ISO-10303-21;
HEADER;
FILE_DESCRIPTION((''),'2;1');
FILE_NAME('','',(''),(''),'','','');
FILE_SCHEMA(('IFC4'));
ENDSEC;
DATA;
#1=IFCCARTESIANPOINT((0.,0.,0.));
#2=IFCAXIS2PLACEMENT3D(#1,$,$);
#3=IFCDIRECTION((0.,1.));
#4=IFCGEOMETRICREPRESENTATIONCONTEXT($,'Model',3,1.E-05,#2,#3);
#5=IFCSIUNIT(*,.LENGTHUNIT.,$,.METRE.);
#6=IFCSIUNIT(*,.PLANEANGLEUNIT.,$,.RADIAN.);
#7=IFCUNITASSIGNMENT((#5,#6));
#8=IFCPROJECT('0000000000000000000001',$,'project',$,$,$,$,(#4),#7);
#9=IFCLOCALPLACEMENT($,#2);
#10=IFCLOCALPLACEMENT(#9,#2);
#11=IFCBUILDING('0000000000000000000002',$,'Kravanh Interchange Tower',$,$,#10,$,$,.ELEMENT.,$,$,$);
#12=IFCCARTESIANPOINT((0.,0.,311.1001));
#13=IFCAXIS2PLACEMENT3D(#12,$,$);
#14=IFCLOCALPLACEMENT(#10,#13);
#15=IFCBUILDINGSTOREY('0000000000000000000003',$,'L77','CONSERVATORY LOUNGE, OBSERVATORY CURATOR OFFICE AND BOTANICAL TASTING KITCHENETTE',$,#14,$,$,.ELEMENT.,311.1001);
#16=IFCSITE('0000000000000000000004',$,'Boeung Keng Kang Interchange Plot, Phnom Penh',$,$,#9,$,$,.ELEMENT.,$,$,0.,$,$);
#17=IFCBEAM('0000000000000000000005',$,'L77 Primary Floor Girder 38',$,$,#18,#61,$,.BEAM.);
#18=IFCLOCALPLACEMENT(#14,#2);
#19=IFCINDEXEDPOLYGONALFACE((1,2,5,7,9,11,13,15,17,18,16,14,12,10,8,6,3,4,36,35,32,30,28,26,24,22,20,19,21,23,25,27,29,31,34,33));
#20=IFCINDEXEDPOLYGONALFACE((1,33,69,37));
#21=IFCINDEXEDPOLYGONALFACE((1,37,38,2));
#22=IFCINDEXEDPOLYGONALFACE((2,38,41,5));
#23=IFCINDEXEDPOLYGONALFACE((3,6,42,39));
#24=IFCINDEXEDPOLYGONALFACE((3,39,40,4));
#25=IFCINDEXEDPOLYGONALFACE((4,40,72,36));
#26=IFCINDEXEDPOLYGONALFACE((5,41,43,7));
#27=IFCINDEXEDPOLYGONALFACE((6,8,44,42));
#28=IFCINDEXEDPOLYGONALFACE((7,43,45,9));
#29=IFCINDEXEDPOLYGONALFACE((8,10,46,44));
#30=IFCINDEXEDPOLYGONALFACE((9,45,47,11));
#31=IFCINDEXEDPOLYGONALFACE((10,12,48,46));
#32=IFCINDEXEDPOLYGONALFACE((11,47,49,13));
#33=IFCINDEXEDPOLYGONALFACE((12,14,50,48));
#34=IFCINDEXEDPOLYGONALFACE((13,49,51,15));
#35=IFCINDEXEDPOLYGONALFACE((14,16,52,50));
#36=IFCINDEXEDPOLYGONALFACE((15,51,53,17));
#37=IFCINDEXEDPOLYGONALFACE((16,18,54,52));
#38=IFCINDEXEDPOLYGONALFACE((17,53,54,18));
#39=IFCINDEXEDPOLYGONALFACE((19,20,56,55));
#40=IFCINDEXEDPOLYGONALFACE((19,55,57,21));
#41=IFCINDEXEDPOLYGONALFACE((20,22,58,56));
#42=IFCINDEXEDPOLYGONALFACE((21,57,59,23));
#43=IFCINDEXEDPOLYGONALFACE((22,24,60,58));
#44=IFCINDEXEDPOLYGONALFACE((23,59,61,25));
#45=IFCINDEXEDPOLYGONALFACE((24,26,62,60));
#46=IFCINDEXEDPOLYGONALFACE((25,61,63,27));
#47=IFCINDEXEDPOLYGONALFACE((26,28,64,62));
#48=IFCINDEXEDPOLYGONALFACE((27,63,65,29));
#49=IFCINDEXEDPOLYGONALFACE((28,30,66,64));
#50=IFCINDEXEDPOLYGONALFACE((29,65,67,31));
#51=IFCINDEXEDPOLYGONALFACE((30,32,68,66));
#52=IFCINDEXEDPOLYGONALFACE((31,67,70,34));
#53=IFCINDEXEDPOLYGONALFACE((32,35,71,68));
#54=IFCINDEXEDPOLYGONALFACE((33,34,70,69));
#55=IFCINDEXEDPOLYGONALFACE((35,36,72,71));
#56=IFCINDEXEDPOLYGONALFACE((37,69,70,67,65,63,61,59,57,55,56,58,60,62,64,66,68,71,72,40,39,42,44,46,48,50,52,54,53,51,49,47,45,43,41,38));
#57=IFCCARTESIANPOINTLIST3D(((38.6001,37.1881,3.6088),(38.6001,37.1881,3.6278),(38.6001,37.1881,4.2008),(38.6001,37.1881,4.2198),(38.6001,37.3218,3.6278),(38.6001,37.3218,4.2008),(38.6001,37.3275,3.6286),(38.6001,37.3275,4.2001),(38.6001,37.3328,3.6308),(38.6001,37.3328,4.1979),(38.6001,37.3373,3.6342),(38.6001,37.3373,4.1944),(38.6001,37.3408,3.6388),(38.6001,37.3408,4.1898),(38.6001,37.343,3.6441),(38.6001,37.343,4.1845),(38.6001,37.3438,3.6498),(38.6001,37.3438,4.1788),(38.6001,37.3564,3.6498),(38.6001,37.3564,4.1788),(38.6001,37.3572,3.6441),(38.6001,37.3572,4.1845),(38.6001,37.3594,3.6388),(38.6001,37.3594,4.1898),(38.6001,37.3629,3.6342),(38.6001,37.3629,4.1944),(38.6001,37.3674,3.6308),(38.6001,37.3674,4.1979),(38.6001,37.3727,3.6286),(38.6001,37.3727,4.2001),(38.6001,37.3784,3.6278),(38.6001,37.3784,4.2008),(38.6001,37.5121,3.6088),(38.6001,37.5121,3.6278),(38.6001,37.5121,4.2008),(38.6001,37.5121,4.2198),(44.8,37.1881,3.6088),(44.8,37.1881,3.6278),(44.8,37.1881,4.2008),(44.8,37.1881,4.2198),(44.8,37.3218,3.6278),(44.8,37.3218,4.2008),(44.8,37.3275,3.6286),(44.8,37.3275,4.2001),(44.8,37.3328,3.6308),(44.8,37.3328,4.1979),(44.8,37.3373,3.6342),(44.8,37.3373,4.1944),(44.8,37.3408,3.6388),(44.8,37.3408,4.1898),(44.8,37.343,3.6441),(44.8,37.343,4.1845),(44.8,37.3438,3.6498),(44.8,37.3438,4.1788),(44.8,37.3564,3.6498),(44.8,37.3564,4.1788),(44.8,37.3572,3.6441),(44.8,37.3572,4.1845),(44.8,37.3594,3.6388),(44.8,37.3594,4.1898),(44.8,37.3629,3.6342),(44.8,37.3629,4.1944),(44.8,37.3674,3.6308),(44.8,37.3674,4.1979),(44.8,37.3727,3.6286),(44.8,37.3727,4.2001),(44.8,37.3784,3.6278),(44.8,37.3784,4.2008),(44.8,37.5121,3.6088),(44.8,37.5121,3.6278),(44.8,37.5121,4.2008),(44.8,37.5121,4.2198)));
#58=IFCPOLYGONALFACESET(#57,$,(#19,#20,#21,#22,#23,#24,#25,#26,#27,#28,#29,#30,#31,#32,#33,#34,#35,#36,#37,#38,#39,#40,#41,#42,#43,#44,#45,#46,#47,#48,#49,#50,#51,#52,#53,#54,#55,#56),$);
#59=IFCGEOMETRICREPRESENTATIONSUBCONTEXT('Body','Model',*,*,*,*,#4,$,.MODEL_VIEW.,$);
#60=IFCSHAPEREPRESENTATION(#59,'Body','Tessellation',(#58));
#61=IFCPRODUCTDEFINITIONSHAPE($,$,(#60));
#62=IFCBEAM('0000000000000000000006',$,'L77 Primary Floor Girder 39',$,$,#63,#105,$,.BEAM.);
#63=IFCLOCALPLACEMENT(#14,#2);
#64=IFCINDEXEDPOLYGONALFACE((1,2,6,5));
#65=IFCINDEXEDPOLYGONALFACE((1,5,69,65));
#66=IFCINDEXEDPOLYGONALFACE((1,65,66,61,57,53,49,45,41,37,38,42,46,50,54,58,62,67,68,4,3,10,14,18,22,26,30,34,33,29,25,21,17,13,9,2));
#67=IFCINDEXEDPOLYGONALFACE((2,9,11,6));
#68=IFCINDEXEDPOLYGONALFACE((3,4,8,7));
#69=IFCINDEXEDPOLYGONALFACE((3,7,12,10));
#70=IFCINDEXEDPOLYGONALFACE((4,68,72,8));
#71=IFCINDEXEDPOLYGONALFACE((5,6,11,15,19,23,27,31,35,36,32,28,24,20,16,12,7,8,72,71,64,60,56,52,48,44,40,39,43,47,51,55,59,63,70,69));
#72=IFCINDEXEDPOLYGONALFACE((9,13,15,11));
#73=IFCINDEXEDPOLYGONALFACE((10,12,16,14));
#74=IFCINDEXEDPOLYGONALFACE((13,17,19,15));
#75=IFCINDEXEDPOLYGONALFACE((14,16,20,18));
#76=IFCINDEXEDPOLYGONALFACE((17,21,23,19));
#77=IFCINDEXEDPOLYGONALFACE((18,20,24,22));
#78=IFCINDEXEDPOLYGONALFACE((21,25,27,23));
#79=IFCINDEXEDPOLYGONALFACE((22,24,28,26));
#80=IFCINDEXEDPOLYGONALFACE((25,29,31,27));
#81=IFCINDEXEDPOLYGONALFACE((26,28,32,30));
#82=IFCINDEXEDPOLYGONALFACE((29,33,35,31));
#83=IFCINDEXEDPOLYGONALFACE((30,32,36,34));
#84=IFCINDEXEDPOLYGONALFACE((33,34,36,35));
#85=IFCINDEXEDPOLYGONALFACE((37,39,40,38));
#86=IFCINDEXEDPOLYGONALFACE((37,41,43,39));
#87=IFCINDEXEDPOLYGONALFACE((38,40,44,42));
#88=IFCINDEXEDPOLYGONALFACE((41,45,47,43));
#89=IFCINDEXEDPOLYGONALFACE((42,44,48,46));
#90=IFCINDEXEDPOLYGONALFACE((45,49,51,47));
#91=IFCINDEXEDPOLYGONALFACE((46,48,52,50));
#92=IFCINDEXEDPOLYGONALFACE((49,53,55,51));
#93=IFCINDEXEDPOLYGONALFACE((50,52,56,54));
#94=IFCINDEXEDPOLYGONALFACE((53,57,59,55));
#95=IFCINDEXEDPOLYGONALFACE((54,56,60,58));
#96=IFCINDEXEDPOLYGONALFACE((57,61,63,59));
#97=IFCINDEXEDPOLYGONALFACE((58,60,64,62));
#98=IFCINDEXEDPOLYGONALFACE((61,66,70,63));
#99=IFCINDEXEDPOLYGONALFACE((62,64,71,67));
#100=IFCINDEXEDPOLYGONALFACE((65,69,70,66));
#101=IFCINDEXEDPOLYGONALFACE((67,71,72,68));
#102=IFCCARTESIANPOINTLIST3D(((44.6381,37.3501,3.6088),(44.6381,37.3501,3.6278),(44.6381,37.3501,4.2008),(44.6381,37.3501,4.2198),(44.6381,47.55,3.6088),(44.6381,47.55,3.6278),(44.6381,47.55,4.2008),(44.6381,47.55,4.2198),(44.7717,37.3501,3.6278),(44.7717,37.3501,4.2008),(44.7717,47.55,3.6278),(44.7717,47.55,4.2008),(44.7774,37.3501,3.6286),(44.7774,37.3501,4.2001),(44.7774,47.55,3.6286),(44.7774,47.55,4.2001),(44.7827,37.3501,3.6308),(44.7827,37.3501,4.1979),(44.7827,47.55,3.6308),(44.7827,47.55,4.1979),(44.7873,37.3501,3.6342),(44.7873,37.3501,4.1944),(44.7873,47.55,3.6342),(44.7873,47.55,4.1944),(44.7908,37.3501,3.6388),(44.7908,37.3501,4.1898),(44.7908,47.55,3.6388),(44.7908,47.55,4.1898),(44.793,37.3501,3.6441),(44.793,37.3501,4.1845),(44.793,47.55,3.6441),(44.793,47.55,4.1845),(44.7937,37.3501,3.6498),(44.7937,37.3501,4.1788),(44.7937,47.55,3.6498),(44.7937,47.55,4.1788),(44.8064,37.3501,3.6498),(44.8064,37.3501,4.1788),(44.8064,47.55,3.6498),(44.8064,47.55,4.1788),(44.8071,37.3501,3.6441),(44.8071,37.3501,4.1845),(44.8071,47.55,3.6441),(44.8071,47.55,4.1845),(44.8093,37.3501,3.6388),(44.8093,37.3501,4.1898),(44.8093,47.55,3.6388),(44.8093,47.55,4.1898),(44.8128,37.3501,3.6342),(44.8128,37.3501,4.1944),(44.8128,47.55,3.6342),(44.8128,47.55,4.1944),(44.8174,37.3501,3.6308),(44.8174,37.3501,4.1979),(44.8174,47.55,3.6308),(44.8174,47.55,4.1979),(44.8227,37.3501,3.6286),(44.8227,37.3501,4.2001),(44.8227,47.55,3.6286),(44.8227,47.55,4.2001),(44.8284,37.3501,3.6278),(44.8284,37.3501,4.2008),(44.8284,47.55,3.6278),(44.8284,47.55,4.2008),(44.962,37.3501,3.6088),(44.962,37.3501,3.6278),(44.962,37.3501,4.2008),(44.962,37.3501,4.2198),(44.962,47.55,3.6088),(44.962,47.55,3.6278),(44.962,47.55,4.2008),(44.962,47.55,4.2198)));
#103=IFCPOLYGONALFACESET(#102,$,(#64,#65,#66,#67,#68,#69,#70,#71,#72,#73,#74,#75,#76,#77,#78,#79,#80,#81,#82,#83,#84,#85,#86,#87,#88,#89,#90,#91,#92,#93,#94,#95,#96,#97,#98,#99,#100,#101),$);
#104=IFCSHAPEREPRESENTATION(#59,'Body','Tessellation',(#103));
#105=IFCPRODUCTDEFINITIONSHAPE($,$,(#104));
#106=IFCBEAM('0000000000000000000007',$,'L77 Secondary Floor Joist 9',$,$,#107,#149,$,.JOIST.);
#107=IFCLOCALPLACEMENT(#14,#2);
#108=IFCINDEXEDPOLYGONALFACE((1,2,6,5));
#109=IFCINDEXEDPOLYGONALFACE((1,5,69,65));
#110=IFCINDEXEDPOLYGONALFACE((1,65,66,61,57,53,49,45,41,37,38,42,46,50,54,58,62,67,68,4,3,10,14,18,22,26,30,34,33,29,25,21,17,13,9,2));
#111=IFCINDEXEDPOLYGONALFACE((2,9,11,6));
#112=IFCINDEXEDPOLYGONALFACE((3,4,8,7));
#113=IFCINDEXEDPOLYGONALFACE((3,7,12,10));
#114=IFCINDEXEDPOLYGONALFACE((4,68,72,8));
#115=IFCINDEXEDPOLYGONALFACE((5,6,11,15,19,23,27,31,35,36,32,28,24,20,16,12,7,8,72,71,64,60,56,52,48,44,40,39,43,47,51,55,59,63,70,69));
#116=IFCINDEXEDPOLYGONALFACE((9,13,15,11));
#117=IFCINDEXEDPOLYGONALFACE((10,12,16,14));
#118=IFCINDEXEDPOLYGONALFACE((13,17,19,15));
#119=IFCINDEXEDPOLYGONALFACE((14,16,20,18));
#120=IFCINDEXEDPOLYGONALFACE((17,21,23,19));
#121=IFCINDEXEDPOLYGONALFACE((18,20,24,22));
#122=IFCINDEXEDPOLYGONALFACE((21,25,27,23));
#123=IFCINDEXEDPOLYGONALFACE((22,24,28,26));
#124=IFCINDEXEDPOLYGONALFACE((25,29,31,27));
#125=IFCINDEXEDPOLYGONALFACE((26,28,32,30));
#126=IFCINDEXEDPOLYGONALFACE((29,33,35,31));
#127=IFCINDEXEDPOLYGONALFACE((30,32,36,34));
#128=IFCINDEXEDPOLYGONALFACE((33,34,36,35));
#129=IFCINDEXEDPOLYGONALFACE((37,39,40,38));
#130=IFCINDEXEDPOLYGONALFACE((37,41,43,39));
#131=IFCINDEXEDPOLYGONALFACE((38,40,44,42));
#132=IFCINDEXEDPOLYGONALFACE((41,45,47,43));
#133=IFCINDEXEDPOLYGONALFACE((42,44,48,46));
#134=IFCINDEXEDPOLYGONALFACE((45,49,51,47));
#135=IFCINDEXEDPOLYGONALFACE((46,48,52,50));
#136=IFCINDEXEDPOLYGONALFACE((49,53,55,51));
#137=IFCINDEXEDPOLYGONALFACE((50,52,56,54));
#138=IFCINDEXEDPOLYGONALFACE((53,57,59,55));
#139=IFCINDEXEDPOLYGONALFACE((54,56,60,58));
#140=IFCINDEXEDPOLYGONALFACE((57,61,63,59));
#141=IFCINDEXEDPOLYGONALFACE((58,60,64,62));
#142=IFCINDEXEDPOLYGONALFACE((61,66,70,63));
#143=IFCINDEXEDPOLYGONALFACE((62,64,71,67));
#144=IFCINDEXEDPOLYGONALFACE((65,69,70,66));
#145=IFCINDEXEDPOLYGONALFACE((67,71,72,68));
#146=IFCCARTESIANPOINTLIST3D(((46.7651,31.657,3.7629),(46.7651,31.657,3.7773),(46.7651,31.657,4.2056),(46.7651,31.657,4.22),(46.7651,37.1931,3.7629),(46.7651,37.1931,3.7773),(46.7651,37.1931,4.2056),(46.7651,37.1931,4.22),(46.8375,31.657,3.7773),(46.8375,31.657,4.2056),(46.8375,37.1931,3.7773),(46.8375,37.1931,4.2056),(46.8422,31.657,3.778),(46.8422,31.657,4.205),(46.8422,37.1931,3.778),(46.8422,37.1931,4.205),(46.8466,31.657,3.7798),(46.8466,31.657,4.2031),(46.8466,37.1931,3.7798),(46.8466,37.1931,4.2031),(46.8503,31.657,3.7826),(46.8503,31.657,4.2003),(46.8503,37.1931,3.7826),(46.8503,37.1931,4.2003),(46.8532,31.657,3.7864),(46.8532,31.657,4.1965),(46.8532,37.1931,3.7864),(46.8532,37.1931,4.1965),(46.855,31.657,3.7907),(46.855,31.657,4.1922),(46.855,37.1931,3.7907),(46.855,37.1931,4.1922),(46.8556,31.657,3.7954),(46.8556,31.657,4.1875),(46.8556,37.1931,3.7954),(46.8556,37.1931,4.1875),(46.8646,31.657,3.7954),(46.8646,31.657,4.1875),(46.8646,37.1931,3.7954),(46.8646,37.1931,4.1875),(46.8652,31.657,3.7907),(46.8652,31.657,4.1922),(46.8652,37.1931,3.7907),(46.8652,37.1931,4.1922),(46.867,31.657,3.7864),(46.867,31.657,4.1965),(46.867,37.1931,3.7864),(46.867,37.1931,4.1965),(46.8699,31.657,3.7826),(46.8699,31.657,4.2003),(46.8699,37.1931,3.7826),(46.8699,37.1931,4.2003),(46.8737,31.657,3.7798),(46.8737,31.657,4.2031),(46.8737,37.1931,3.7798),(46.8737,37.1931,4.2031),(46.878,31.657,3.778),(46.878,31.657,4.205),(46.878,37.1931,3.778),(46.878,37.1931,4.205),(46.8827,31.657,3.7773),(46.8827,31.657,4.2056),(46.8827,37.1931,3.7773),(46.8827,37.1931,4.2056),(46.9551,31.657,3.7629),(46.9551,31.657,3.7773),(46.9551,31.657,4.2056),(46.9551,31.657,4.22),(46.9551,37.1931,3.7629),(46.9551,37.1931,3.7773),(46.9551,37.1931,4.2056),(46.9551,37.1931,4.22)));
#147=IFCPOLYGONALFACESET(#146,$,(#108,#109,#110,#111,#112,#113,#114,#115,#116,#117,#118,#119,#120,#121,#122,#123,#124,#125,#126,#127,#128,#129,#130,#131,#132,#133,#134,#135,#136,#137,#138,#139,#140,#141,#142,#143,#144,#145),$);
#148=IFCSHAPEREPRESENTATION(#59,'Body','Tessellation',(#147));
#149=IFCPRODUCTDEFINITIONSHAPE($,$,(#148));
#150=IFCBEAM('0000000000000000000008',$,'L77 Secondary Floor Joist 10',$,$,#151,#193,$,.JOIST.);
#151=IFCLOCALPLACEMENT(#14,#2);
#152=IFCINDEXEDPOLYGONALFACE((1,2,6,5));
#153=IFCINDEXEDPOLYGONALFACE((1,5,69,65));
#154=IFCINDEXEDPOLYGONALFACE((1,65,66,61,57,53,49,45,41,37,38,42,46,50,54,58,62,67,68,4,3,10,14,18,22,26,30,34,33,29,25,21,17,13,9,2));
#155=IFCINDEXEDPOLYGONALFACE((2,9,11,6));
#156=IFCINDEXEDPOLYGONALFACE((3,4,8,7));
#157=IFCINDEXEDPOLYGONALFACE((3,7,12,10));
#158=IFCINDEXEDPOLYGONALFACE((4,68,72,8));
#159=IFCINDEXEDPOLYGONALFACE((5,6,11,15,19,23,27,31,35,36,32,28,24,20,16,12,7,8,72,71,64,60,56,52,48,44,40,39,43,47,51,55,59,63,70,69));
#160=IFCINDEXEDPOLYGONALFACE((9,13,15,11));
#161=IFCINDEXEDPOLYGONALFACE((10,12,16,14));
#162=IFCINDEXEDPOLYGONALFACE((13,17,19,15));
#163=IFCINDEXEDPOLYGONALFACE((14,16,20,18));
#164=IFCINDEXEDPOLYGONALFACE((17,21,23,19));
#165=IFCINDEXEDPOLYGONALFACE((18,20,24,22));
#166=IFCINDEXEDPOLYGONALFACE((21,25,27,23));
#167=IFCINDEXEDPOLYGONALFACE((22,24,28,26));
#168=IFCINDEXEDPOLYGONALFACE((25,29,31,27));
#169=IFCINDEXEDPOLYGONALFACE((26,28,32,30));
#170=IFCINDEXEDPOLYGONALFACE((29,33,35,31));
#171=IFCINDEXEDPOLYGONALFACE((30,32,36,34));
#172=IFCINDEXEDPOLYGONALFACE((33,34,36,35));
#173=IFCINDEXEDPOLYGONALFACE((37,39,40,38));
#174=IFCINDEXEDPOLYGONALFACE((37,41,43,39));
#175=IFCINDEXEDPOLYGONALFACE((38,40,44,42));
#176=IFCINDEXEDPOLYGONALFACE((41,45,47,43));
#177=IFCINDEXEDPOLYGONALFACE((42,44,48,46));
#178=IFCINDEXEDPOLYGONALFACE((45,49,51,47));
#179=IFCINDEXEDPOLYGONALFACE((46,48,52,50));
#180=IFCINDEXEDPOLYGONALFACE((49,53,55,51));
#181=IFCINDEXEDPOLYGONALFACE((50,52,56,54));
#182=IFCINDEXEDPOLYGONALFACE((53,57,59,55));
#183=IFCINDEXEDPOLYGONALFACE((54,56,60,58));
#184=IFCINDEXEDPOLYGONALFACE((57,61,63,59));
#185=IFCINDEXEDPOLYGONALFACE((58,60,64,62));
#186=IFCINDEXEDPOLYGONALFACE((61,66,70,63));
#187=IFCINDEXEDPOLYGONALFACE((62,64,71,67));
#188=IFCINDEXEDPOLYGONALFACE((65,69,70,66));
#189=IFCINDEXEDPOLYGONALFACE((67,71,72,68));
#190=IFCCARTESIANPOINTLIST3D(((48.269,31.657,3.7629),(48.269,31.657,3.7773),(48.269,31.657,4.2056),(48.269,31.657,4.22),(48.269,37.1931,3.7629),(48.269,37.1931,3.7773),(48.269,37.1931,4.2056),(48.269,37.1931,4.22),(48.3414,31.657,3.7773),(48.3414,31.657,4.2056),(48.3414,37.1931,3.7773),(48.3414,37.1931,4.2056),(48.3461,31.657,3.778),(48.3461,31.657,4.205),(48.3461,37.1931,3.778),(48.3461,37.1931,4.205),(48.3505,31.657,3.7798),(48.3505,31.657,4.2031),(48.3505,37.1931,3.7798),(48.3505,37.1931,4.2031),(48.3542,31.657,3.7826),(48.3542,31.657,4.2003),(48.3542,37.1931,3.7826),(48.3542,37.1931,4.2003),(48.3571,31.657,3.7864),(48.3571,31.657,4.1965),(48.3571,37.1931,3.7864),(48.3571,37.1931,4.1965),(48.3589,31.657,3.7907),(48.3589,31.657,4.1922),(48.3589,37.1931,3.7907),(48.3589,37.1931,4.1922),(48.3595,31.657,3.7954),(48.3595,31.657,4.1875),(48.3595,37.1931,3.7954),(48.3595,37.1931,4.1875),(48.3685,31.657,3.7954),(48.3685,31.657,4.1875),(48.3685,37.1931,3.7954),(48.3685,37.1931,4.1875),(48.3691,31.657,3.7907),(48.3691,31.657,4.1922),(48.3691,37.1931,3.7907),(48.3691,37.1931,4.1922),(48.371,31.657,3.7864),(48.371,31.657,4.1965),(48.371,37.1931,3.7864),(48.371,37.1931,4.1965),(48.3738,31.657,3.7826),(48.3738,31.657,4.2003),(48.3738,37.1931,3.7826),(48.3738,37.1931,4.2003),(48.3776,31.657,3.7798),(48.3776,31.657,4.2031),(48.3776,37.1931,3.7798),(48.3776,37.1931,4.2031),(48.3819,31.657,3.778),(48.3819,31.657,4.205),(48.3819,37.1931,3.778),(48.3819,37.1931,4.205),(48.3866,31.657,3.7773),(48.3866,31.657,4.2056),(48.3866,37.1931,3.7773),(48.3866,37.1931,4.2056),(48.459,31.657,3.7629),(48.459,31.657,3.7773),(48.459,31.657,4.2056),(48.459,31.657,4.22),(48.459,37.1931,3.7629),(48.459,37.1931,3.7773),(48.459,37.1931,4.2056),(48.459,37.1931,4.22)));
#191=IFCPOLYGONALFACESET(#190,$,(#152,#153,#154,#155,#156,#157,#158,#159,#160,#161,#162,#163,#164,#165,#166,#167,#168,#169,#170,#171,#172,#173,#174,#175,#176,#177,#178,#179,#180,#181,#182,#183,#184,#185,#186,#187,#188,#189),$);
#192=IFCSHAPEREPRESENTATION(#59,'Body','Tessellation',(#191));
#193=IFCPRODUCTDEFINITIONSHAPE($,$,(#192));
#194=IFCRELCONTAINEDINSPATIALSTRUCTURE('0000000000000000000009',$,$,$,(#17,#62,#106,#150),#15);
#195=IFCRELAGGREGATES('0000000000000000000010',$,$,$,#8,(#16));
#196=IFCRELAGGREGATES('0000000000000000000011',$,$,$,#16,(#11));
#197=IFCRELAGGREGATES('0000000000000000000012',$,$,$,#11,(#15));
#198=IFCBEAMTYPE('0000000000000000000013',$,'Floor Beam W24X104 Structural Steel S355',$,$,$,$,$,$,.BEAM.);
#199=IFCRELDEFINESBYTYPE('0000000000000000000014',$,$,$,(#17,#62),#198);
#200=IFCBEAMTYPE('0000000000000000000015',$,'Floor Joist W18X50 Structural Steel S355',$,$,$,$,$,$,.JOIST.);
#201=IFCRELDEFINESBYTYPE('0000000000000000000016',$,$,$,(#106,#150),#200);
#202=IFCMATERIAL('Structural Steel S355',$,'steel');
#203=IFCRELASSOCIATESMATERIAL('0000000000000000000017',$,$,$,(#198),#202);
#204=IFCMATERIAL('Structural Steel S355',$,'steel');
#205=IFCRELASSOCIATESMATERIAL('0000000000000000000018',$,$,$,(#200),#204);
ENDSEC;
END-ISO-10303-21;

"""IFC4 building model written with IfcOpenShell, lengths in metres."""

from ifc_helpers import new_model, si_unit, direction, frame, origin, origin_2d, place, context, subcontext, project, spatial, i_section, extrude, material, material_profile, profile_set, type_object, element, save


model = new_model("IFC4")

# Units and contexts
model_context = context("Model", 3, precision=1e-05, world=origin(), true_north=direction((0.0, 1.0)))
body_context = subcontext(model_context, "Body", "Model", "MODEL_VIEW")
ifc_project = project(units=[si_unit("LENGTHUNIT", "METRE"), si_unit("PLANEANGLEUNIT", "RADIAN")], contexts=[model_context])

# Site, building, storey
site_placement = place(None, origin())
site = spatial("IfcSite", under=ifc_project, at=site_placement, Name="Boeung Keng Kang Interchange Plot, Phnom Penh", CompositionType="ELEMENT", RefElevation=0.0)
building_placement = place(site_placement, origin())
building = spatial("IfcBuilding", under=site, at=building_placement, Name="Kravanh Interchange Tower", CompositionType="ELEMENT")
storey_placement = place(building_placement, frame((0.0, 0.0, 311.1001)))
storey = spatial("IfcBuildingStorey", under=building, at=storey_placement, Name="L77", Description="CONSERVATORY LOUNGE, OBSERVATORY CURATOR OFFICE AND BOTANICAL TASTING KITCHENETTE", CompositionType="ELEMENT", Elevation=311.1001)

# Beams
ifc_material_1 = material(Name="Structural Steel S355", Category="steel")
ifc_material_profile_1 = material_profile(ifc_material_1, i_section(OverallWidth=0.324, OverallDepth=0.6111, WebThickness=0.0127, FlangeThickness=0.019, FilletRadius=0.022, at=origin_2d()), Name="W24X104")
ifc_profile_set_1 = profile_set([ifc_material_profile_1], Name="Structural Steel S355")
beam_type_1 = type_object("IfcBeamType", Name="Floor Beam W24X104 Structural Steel S355", PredefinedType="BEAM", material=ifc_profile_set_1)
beam_1_placement = place(storey_placement, frame((44.8, 37.3501, 3.9143), z_axis=(-1.0, 0.0, 0.0), x_axis=(0.0, -1.0, 0.0)))
element("IfcBeam", 1, at=beam_1_placement, inside=storey, type_object=beam_type_1, Name="L77 Primary Floor Girder 38", PredefinedType="BEAM", context=body_context, shape_type="SweptSolid", body=[
    extrude(i_section(OverallWidth=0.324, OverallDepth=0.6111, WebThickness=0.0127, FlangeThickness=0.019, FilletRadius=0.022, at=origin_2d()), origin(), (0.0, 0.0, 1.0), 6.2),
])
beam_2_placement = place(storey_placement, frame((44.8, 37.3501, 3.9143), z_axis=(0.0, 1.0, 0.0), x_axis=(-1.0, 0.0, 0.0)))
element("IfcBeam", 2, at=beam_2_placement, inside=storey, type_object=beam_type_1, Name="L77 Primary Floor Girder 39", PredefinedType="BEAM", context=body_context, shape_type="SweptSolid", body=[
    extrude(i_section(OverallWidth=0.324, OverallDepth=0.6111, WebThickness=0.0127, FlangeThickness=0.019, FilletRadius=0.022, at=origin_2d()), origin(), (0.0, 0.0, 1.0), 10.2),
])
ifc_material_2 = material(Name="Structural Steel S355", Category="steel")
ifc_material_profile_2 = material_profile(ifc_material_2, i_section(OverallWidth=0.1899, OverallDepth=0.457, WebThickness=0.009, FlangeThickness=0.0144, FilletRadius=0.0181, at=origin_2d()), Name="W18X50")
ifc_profile_set_2 = profile_set([ifc_material_profile_2], Name="Structural Steel S355")
beam_type_2 = type_object("IfcBeamType", Name="Floor Joist W18X50 Structural Steel S355", PredefinedType="JOIST", material=ifc_profile_set_2)
for number, where, z_axis, x_axis, name in (
    (3, (46.8601, 31.657, 3.9915), (0.0, 1.0, 0.0), (-1.0, 0.0, 0.0), "L77 Secondary Floor Joist 9"),
    (4, (48.364, 31.657, 3.9915), (0.0, 1.0, 0.0), (-1.0, 0.0, 0.0), "L77 Secondary Floor Joist 10"),
):
    element("IfcBeam", number, at=place(storey_placement, frame(where, z_axis=z_axis, x_axis=x_axis)), inside=storey, type_object=beam_type_2, Name=name, PredefinedType="JOIST", context=body_context, shape_type="SweptSolid", body=[
        extrude(i_section(OverallWidth=0.1899, OverallDepth=0.457, WebThickness=0.009, FlangeThickness=0.0144, FilletRadius=0.0181, at=origin_2d()), origin(), (0.0, 0.0, 1.0), 5.5361),
    ])

save(model, "model.ifc")
